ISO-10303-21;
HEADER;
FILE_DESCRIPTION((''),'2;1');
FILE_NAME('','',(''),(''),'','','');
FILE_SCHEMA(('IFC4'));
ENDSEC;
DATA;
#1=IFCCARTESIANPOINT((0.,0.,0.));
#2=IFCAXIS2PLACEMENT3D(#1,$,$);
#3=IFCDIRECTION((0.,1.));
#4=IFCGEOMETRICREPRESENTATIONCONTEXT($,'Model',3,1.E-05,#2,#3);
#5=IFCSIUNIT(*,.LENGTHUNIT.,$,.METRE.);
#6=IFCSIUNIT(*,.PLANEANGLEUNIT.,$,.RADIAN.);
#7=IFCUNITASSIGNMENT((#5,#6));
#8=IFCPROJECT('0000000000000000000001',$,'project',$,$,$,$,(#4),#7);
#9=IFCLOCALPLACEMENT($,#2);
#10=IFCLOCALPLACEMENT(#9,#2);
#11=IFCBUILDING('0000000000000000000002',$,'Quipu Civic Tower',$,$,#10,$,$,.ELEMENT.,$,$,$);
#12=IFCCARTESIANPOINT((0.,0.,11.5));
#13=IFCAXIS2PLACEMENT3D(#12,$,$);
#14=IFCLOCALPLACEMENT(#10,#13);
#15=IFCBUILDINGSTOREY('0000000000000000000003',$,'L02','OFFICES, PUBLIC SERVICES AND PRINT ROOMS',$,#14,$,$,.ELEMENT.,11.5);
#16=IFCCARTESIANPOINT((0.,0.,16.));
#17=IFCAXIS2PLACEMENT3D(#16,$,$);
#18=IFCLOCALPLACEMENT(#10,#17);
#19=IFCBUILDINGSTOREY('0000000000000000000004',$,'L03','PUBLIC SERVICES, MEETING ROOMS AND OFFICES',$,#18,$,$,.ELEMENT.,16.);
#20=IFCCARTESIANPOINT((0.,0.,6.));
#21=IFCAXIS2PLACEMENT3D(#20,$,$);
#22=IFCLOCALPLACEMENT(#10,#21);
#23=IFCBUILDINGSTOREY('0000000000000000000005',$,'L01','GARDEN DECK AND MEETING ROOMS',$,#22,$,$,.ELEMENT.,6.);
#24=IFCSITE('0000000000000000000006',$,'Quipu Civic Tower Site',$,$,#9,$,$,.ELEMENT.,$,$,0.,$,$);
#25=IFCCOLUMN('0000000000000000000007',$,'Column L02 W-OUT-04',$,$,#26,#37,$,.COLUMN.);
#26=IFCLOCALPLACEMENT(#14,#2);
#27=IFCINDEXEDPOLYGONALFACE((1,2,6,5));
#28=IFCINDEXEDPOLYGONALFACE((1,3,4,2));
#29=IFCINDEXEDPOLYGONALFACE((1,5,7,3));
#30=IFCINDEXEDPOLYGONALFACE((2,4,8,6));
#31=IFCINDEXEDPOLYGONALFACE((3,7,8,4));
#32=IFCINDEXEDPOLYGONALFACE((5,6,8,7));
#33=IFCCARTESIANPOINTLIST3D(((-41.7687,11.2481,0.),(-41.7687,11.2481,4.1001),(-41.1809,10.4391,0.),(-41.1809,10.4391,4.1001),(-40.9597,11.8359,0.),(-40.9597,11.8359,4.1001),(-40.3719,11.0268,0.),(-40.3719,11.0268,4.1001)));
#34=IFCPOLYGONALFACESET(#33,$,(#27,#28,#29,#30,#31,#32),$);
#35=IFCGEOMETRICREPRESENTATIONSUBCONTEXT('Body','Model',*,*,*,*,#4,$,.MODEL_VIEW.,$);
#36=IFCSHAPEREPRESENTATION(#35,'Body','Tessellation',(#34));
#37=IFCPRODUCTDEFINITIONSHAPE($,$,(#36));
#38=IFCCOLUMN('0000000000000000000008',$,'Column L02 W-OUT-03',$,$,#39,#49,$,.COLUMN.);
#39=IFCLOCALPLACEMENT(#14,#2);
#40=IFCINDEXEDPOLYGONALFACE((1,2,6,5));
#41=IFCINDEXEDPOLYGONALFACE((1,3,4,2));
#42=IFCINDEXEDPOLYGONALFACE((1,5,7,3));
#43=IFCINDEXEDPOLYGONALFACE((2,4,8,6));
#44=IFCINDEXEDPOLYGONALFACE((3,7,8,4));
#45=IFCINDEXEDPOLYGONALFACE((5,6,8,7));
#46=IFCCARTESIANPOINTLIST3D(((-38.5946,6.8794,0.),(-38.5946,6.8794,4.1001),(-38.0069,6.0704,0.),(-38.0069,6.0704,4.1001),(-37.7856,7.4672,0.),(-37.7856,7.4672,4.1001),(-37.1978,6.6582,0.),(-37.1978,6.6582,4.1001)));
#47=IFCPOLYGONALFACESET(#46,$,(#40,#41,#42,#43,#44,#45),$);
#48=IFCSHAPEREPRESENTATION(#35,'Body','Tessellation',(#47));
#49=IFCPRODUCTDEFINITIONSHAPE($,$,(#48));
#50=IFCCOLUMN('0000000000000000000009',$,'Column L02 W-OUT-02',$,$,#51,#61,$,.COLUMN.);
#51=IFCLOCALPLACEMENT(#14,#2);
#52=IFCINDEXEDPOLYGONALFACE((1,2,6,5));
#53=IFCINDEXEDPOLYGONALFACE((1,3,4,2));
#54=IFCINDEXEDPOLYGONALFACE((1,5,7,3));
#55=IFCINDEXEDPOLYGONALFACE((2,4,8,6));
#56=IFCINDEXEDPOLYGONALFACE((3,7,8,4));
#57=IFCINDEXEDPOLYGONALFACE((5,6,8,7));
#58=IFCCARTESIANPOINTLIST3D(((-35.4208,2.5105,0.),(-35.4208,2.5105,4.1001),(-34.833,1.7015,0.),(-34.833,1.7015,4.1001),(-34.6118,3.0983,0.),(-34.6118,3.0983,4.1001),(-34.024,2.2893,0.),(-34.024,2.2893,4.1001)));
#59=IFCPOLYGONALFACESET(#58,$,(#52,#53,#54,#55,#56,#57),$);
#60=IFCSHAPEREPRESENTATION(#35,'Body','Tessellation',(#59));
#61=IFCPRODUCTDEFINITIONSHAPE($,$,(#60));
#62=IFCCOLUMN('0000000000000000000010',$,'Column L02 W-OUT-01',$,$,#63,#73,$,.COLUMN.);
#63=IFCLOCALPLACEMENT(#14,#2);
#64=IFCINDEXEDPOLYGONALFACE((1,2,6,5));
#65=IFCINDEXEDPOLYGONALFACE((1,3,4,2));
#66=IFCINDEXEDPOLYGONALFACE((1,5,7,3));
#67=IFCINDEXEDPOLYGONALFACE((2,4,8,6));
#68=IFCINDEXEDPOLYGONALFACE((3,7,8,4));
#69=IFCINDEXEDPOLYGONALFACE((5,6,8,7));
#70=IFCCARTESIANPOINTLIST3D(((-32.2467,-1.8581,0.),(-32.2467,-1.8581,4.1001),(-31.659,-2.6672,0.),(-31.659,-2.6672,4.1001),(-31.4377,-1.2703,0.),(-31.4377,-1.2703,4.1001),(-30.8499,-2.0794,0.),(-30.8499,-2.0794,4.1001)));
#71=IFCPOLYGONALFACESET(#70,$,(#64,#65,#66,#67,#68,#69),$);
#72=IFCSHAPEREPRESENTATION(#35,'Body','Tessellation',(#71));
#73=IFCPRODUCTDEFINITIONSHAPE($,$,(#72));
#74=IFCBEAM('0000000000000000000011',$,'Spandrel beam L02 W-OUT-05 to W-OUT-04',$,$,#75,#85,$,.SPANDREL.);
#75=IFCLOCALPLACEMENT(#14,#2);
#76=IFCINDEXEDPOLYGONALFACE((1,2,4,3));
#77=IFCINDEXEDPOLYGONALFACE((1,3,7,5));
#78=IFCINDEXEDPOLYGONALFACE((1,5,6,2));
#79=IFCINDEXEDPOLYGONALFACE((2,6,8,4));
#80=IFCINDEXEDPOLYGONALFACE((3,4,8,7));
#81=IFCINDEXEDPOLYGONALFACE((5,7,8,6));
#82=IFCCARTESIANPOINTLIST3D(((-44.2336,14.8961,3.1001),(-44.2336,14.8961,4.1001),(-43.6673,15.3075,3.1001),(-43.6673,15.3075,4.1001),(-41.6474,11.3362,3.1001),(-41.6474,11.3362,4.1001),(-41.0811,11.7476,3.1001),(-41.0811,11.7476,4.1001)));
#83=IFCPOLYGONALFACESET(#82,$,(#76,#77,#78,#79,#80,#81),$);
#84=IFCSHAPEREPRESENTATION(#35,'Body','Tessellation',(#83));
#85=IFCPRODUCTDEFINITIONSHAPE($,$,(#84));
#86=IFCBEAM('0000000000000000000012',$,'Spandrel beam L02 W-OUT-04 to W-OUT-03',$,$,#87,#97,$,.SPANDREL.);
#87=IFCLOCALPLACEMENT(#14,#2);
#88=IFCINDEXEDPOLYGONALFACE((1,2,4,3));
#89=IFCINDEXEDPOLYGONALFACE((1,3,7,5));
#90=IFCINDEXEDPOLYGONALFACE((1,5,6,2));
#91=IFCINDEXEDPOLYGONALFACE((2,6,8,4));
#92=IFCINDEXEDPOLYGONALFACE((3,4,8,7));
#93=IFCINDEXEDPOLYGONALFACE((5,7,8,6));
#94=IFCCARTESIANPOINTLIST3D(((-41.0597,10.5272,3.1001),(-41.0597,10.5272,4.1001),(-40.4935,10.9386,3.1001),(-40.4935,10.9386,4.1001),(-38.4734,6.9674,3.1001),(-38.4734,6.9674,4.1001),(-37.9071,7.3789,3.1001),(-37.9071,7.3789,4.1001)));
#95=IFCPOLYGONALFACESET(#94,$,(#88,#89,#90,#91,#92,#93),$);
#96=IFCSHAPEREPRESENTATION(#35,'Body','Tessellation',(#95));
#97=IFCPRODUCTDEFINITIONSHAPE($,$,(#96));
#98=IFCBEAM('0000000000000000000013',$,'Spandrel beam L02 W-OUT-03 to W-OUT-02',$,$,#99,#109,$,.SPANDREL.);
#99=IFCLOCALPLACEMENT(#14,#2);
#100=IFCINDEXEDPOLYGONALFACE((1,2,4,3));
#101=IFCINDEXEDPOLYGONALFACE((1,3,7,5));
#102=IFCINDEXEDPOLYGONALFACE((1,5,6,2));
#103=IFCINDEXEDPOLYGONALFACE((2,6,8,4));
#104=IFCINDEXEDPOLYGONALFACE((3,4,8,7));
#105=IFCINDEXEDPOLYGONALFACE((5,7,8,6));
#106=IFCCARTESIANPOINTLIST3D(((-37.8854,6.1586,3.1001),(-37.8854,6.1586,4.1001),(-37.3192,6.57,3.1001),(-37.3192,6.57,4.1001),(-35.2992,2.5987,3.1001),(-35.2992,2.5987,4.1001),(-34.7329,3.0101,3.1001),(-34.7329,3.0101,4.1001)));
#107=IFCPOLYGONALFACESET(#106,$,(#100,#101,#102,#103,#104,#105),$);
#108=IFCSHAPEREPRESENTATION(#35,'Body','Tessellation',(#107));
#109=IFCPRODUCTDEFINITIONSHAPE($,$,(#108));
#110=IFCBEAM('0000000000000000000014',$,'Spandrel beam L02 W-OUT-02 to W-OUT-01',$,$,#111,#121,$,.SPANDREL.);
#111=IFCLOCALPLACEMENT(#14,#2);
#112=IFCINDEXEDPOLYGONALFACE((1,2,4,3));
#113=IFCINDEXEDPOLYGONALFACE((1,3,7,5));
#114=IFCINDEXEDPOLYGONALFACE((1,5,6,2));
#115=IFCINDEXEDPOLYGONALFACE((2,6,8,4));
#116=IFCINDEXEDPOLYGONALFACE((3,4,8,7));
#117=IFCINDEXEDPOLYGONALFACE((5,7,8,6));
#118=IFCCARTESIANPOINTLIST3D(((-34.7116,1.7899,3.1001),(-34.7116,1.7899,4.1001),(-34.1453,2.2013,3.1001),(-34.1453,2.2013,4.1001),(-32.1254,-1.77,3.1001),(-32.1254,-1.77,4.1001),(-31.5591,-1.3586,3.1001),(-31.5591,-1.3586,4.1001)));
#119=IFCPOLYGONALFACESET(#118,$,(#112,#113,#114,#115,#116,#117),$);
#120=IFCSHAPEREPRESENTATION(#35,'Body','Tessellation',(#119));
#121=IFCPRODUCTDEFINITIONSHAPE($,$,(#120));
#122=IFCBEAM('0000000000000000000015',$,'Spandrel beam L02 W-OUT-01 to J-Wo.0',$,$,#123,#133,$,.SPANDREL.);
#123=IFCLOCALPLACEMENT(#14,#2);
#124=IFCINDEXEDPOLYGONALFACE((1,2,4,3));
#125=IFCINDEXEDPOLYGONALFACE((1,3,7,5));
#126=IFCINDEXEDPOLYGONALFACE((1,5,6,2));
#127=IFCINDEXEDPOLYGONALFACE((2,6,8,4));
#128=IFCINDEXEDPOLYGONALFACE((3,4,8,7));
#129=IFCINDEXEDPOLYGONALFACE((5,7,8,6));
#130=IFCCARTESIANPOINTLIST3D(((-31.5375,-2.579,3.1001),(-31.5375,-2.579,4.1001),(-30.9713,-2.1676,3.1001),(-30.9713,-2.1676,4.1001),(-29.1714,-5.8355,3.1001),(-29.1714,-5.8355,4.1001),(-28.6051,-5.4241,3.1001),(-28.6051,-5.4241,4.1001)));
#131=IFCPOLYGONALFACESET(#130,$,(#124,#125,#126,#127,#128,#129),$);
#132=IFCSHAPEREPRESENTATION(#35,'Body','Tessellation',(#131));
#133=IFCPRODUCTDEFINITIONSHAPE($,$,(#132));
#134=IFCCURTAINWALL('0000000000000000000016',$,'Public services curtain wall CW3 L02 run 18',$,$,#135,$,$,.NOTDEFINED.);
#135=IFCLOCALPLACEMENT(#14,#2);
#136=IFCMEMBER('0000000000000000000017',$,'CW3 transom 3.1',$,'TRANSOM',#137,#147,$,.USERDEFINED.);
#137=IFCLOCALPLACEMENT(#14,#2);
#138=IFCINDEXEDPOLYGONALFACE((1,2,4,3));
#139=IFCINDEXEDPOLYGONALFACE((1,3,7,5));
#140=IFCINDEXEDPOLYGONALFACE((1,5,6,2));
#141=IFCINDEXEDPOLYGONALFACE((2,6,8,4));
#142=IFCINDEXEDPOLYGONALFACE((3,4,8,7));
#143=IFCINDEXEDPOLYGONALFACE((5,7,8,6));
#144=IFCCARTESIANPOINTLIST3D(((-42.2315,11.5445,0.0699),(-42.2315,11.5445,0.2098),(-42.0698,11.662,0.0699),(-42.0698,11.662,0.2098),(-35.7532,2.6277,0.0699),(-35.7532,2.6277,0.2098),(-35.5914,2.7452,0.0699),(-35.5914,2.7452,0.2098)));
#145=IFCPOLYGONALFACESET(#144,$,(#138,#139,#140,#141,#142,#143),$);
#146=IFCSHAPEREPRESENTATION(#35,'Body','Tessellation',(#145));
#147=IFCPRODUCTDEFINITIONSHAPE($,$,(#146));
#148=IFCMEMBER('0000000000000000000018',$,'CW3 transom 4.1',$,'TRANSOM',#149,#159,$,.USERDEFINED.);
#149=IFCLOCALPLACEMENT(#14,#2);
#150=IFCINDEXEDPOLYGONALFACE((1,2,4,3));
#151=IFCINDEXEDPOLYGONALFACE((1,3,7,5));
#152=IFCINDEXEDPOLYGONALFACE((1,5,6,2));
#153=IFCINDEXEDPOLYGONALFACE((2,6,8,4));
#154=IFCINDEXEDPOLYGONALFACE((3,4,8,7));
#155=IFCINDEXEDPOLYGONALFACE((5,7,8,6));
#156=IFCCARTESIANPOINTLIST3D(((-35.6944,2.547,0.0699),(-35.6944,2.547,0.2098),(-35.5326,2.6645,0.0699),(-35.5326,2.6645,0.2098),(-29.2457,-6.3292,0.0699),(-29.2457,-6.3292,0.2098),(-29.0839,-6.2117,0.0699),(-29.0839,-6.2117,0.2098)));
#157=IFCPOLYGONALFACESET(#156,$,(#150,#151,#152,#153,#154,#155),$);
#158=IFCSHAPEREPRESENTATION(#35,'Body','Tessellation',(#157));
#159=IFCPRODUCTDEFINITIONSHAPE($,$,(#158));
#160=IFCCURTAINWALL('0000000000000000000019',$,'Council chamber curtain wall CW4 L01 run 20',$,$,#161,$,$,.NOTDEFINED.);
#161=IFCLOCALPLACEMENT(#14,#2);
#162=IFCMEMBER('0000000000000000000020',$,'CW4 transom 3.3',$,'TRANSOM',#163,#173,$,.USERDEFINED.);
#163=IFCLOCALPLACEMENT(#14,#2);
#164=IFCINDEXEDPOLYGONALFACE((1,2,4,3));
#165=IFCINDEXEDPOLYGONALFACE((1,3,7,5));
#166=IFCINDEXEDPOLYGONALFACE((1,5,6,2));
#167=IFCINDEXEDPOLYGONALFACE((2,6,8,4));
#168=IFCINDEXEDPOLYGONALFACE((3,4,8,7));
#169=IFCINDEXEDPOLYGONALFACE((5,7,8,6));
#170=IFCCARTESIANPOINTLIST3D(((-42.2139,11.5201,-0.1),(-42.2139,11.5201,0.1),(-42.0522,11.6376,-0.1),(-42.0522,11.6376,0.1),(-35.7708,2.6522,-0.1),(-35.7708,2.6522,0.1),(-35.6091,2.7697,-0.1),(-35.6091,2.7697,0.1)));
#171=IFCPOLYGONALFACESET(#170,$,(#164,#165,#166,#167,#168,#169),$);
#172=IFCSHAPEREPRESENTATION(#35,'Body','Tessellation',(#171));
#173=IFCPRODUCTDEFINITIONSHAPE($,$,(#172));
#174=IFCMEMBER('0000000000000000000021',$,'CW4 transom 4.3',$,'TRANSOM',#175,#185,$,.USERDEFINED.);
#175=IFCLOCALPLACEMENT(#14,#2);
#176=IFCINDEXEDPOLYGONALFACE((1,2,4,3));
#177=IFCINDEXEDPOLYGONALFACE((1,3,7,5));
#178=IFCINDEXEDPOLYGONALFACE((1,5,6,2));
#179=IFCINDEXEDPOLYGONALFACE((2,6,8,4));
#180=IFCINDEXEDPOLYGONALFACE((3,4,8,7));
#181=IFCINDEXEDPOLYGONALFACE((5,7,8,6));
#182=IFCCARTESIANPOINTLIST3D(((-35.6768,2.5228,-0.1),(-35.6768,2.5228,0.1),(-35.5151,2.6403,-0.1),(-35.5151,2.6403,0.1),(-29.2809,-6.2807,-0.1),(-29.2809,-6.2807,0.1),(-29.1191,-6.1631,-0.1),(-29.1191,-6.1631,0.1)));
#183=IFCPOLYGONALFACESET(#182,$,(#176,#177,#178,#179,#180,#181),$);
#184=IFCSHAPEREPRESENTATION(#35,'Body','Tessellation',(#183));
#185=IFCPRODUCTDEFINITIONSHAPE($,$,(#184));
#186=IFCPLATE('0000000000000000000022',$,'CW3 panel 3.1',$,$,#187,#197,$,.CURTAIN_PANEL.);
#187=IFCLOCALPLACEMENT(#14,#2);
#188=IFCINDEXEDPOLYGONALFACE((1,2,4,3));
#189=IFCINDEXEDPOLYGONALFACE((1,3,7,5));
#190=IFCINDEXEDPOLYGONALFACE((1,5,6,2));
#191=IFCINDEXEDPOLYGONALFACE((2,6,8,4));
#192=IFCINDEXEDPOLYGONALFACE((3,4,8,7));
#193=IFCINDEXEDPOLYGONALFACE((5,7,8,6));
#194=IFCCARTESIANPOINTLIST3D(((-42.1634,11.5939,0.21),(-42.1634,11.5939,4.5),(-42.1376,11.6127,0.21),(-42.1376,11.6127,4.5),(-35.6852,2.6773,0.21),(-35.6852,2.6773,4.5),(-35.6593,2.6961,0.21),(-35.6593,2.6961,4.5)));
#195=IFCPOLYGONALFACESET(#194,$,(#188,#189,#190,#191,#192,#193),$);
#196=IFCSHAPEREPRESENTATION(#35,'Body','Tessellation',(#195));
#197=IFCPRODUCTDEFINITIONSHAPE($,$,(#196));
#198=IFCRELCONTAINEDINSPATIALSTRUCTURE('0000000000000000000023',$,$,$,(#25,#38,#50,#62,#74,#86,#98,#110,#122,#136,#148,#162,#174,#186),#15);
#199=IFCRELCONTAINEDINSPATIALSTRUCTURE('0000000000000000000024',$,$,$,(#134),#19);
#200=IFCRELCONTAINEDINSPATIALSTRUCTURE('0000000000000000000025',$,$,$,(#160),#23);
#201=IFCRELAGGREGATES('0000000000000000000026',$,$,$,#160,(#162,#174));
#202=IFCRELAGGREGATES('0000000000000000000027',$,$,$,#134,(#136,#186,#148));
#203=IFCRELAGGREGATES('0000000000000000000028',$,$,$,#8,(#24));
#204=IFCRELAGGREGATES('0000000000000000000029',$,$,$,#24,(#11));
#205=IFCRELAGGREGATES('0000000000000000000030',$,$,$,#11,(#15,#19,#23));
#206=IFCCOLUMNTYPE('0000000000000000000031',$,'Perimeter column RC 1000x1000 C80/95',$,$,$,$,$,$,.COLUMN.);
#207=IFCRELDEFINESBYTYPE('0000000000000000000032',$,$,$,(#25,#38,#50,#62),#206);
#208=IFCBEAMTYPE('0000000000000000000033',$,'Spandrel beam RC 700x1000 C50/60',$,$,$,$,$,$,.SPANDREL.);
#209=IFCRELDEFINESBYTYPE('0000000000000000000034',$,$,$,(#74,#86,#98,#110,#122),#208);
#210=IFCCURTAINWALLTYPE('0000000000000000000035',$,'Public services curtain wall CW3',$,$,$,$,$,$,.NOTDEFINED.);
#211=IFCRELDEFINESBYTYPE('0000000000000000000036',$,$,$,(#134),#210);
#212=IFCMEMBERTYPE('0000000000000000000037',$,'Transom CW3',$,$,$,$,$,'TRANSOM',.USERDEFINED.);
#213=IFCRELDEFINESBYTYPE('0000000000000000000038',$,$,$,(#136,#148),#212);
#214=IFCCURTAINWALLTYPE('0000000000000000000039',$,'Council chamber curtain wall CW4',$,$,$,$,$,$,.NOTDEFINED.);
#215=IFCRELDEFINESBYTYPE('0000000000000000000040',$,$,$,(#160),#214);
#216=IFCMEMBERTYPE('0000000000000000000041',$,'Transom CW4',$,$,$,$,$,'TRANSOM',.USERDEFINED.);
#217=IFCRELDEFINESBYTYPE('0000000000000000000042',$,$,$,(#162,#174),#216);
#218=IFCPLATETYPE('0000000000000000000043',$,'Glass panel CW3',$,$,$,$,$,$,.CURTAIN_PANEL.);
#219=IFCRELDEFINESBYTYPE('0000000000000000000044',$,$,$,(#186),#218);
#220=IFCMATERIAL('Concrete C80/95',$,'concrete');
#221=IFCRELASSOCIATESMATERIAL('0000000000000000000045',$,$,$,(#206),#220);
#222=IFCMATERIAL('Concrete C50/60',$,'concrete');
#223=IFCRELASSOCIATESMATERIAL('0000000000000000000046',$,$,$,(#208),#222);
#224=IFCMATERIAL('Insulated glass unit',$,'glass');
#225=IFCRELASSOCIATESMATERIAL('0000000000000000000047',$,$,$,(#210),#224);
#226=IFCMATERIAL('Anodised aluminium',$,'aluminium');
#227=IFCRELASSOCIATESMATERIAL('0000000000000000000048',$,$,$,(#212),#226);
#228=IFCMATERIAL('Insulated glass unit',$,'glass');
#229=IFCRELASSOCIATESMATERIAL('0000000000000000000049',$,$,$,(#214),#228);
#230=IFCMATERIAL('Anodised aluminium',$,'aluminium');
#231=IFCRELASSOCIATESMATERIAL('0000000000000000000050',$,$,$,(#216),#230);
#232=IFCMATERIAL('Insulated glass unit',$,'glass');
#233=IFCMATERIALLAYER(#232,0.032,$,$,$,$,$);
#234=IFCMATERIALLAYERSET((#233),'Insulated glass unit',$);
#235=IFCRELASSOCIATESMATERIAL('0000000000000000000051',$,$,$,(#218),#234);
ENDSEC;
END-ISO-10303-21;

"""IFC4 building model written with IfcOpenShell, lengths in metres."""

from ifc_helpers import new_model, si_unit, direction, frame, origin, origin_2d, place, context, subcontext, project, spatial, rectangle, extrude, material, layer, layer_set, material_profile, profile_set, type_object, element, aggregate, save


model = new_model("IFC4")

# Units and contexts
model_context = context("Model", 3, precision=1e-05, world=origin(), true_north=direction((0.0, 1.0)))
body_context = subcontext(model_context, "Body", "Model", "MODEL_VIEW")
ifc_project = project(units=[si_unit("LENGTHUNIT", "METRE"), si_unit("PLANEANGLEUNIT", "RADIAN")], contexts=[model_context])

# Site, building, storey
site_placement = place(None, origin())
site = spatial("IfcSite", under=ifc_project, at=site_placement, Name="Quipu Civic Tower Site", CompositionType="ELEMENT", RefElevation=0.0)
building_placement = place(site_placement, origin())
building = spatial("IfcBuilding", under=site, at=building_placement, Name="Quipu Civic Tower", CompositionType="ELEMENT")
storey_1_placement = place(building_placement, frame((0.0, 0.0, 11.5)))
storey_1 = spatial("IfcBuildingStorey", under=building, at=storey_1_placement, Name="L02", Description="OFFICES, PUBLIC SERVICES AND PRINT ROOMS", CompositionType="ELEMENT", Elevation=11.5)

# Columns
ifc_material_1 = material(Name="Concrete C80/95", Category="concrete")
ifc_material_profile_1 = material_profile(ifc_material_1, rectangle(XDim=1.0, YDim=1.0, at=origin_2d()), Name="RC1000x1000")
ifc_profile_set_1 = profile_set([ifc_material_profile_1], Name="Concrete C80/95")
column_type = type_object("IfcColumnType", Name="Perimeter column RC 1000x1000 C80/95", PredefinedType="COLUMN", material=ifc_profile_set_1)
for number, where, z_axis, x_axis, name in (
    (1, (-41.0703, 11.1375, 0.0), (0.0, 0.0, 1.0), (0.587785, -0.809017, 0.0), "Column L02 W-OUT-04"),
    (2, (-37.8962, 6.7688, 0.0), (0.0, 0.0, 1.0), (0.587785, -0.809017, 0.0), "Column L02 W-OUT-03"),
    (3, (-34.7224, 2.3999, 0.0), (0.0, 0.0, 1.0), (0.587785, -0.809017, 0.0), "Column L02 W-OUT-02"),
    (4, (-31.5483, -1.9688, 0.0), (0.0, 0.0, 1.0), (0.587785, -0.809017, 0.0), "Column L02 W-OUT-01"),
):
    element("IfcColumn", number, at=place(storey_1_placement, frame(where, z_axis=z_axis, x_axis=x_axis)), inside=storey_1, type_object=column_type, Name=name, PredefinedType="COLUMN", context=body_context, shape_type="SweptSolid", body=[
        extrude(rectangle(XDim=1.0, YDim=1.0, at=origin_2d()), origin(), (0.0, 0.0, 1.0), 4.1001),
    ])

# Beams
ifc_material_2 = material(Name="Concrete C50/60", Category="concrete")
ifc_material_profile_2 = material_profile(ifc_material_2, rectangle(XDim=0.7, YDim=1.0, at=origin_2d()), Name="RC700x1000")
ifc_profile_set_2 = profile_set([ifc_material_profile_2], Name="Concrete C50/60")
beam_type = type_object("IfcBeamType", Name="Spandrel beam RC 700x1000 C50/60", PredefinedType="SPANDREL", material=ifc_profile_set_2)
for number, where, z_axis, x_axis, name in (
    (5, (-43.9504, 15.1018, 3.6001), (0.587759, -0.809036, 0.0), (0.809036, 0.587759, 0.0), "Spandrel beam L02 W-OUT-05 to W-OUT-04"),
    (6, (-40.7766, 10.7329, 3.6001), (0.587796, -0.80901, 0.0), (0.80901, 0.587796, 0.0), "Spandrel beam L02 W-OUT-04 to W-OUT-03"),
    (7, (-37.6023, 6.3643, 3.6001), (0.587759, -0.809036, 0.0), (0.809036, 0.587759, 0.0), "Spandrel beam L02 W-OUT-03 to W-OUT-02"),
    (8, (-34.4285, 1.9956, 3.6001), (0.587759, -0.809036, 0.0), (0.809036, 0.587759, 0.0), "Spandrel beam L02 W-OUT-02 to W-OUT-01"),
):
    element("IfcBeam", number, at=place(storey_1_placement, frame(where, z_axis=z_axis, x_axis=x_axis)), inside=storey_1, type_object=beam_type, Name=name, PredefinedType="SPANDREL", context=body_context, shape_type="SweptSolid", body=[
        extrude(rectangle(XDim=0.7, YDim=1.0, at=origin_2d()), origin(), (0.0, 0.0, 1.0), 4.4001),
    ])
beam_placement = place(storey_1_placement, frame((-31.2544, -2.3733, 3.6001), z_axis=(0.587811, -0.808998, 0.0), x_axis=(0.808998, 0.587811, 0.0)))
element("IfcBeam", 9, at=beam_placement, inside=storey_1, type_object=beam_type, Name="Spandrel beam L02 W-OUT-01 to J-Wo.0", PredefinedType="SPANDREL", context=body_context, shape_type="SweptSolid", body=[
    extrude(rectangle(XDim=0.7, YDim=1.0, at=origin_2d()), origin(), (0.0, 0.0, 1.0), 4.0254),
])

# Shared definitions
storey_2_placement = place(building_placement, frame((0.0, 0.0, 16.0)))
storey_2 = spatial("IfcBuildingStorey", under=building, at=storey_2_placement, Name="L03", Description="PUBLIC SERVICES, MEETING ROOMS AND OFFICES", CompositionType="ELEMENT", Elevation=16.0)

# Curtain wall, members
ifc_material_3 = material(Name="Insulated glass unit", Category="glass")
curtain_wall_type_1 = type_object("IfcCurtainWallType", Name="Public services curtain wall CW3", PredefinedType="NOTDEFINED", material=ifc_material_3)
curtain_wall_1_placement = place(storey_2_placement, origin())
curtain_wall_1 = element("IfcCurtainWall", 10, at=curtain_wall_1_placement, inside=storey_2, type_object=curtain_wall_type_1, Name="Public services curtain wall CW3 L02 run 18", PredefinedType="NOTDEFINED")
ifc_material_4 = material(Name="Anodised aluminium", Category="aluminium")
ifc_material_profile_3 = material_profile(ifc_material_4, rectangle(XDim=0.2, YDim=0.1399, at=origin_2d()), Name="RECT 200x140")
ifc_profile_set_3 = profile_set([ifc_material_profile_3], Name="Anodised aluminium")
member_type_1 = type_object("IfcMemberType", Name="Transom CW3", ElementType="TRANSOM", PredefinedType="USERDEFINED", material=ifc_profile_set_3)
member_1_placement = place(storey_1_placement, frame((-42.1506, 11.6033, 0.1399), z_axis=(0.587778, -0.809022, 0.0), x_axis=(0.809022, 0.587778, 0.0)))
member_1 = element("IfcMember", 11, at=member_1_placement, inside=storey_1, type_object=member_type_1, Name="CW3 transom 3.1", ObjectType="TRANSOM", PredefinedType="USERDEFINED", context=body_context, shape_type="SweptSolid", body=[
    extrude(rectangle(XDim=0.2, YDim=0.1399, at=origin_2d()), origin(), (0.0, 0.0, 1.0), 11.0217),
])
member_2_placement = place(storey_1_placement, frame((-35.6135, 2.6057, 0.1399), z_axis=(0.587772, -0.809027, 0.0), x_axis=(0.809027, 0.587772, 0.0)))
member_2 = element("IfcMember", 12, at=member_2_placement, inside=storey_1, type_object=member_type_1, Name="CW3 transom 4.1", ObjectType="TRANSOM", PredefinedType="USERDEFINED", context=body_context, shape_type="SweptSolid", body=[
    extrude(rectangle(XDim=0.2, YDim=0.1399, at=origin_2d()), origin(), (0.0, 0.0, 1.0), 10.9714),
])

# Shared definitions
storey_3_placement = place(building_placement, frame((0.0, 0.0, 6.0)))
storey_3 = spatial("IfcBuildingStorey", under=building, at=storey_3_placement, Name="L01", Description="GARDEN DECK AND MEETING ROOMS", CompositionType="ELEMENT", Elevation=6.0)

# Curtain wall, members
ifc_material_5 = material(Name="Insulated glass unit", Category="glass")
curtain_wall_type_2 = type_object("IfcCurtainWallType", Name="Council chamber curtain wall CW4", PredefinedType="NOTDEFINED", material=ifc_material_5)
curtain_wall_2_placement = place(storey_3_placement, origin())
curtain_wall_2 = element("IfcCurtainWall", 13, at=curtain_wall_2_placement, inside=storey_3, type_object=curtain_wall_type_2, Name="Council chamber curtain wall CW4 L01 run 20", PredefinedType="NOTDEFINED")
ifc_material_6 = material(Name="Anodised aluminium", Category="aluminium")
ifc_material_profile_4 = material_profile(ifc_material_6, rectangle(XDim=0.2, YDim=0.2, at=origin_2d()), Name="RECT 200x200")
ifc_profile_set_4 = profile_set([ifc_material_profile_4], Name="Anodised aluminium")
member_type_2 = type_object("IfcMemberType", Name="Transom CW4", ElementType="TRANSOM", PredefinedType="USERDEFINED", material=ifc_profile_set_4)
member_3_placement = place(storey_1_placement, frame((-42.1331, 11.5789, 0.0), z_axis=(0.587797, -0.809009, 0.0), x_axis=(0.809009, 0.587797, 0.0)))
member_3 = element("IfcMember", 14, at=member_3_placement, inside=storey_1, type_object=member_type_2, Name="CW4 transom 3.3", ObjectType="TRANSOM", PredefinedType="USERDEFINED", context=body_context, shape_type="SweptSolid", body=[
    extrude(rectangle(XDim=0.2, YDim=0.2, at=origin_2d()), origin(), (0.0, 0.0, 1.0), 10.9614),
])
member_4_placement = place(storey_1_placement, frame((-35.5959, 2.5815, 0.0), z_axis=(0.587779, -0.809021, 0.0), x_axis=(0.809021, 0.587779, 0.0)))
member_4 = element("IfcMember", 15, at=member_4_placement, inside=storey_1, type_object=member_type_2, Name="CW4 transom 4.3", ObjectType="TRANSOM", PredefinedType="USERDEFINED", context=body_context, shape_type="SweptSolid", body=[
    extrude(rectangle(XDim=0.2, YDim=0.2, at=origin_2d()), origin(), (0.0, 0.0, 1.0), 10.8816),
])
aggregate(curtain_wall_2, [member_3, member_4])

# Plate
ifc_material_7 = material(Name="Insulated glass unit", Category="glass")
ifc_layer_1 = layer(ifc_material_7, 0.032)
ifc_layer_set_1 = layer_set([ifc_layer_1], Name="Insulated glass unit")
plate_type_1 = type_object("IfcPlateType", Name="Glass panel CW3", PredefinedType="CURTAIN_PANEL", material=ifc_layer_set_1)
plate_1_placement = place(storey_1_placement, frame((-38.9114, 7.145, 0.21), z_axis=(0.0, 0.0, 1.0), x_axis=(0.587785, -0.809017, 0.0)))
plate_1 = element("IfcPlate", 16, at=plate_1_placement, inside=storey_1, type_object=plate_type_1, Name="CW3 panel 3.1", PredefinedType="CURTAIN_PANEL", context=body_context, shape_type="SweptSolid", body=[
    extrude(rectangle(XDim=11.0215, YDim=0.032, at=origin_2d()), origin(), (0.0, 0.0, 1.0), 4.29),
])
aggregate(curtain_wall_1, [member_1, plate_1, member_2])

save(model, "model.ifc")
